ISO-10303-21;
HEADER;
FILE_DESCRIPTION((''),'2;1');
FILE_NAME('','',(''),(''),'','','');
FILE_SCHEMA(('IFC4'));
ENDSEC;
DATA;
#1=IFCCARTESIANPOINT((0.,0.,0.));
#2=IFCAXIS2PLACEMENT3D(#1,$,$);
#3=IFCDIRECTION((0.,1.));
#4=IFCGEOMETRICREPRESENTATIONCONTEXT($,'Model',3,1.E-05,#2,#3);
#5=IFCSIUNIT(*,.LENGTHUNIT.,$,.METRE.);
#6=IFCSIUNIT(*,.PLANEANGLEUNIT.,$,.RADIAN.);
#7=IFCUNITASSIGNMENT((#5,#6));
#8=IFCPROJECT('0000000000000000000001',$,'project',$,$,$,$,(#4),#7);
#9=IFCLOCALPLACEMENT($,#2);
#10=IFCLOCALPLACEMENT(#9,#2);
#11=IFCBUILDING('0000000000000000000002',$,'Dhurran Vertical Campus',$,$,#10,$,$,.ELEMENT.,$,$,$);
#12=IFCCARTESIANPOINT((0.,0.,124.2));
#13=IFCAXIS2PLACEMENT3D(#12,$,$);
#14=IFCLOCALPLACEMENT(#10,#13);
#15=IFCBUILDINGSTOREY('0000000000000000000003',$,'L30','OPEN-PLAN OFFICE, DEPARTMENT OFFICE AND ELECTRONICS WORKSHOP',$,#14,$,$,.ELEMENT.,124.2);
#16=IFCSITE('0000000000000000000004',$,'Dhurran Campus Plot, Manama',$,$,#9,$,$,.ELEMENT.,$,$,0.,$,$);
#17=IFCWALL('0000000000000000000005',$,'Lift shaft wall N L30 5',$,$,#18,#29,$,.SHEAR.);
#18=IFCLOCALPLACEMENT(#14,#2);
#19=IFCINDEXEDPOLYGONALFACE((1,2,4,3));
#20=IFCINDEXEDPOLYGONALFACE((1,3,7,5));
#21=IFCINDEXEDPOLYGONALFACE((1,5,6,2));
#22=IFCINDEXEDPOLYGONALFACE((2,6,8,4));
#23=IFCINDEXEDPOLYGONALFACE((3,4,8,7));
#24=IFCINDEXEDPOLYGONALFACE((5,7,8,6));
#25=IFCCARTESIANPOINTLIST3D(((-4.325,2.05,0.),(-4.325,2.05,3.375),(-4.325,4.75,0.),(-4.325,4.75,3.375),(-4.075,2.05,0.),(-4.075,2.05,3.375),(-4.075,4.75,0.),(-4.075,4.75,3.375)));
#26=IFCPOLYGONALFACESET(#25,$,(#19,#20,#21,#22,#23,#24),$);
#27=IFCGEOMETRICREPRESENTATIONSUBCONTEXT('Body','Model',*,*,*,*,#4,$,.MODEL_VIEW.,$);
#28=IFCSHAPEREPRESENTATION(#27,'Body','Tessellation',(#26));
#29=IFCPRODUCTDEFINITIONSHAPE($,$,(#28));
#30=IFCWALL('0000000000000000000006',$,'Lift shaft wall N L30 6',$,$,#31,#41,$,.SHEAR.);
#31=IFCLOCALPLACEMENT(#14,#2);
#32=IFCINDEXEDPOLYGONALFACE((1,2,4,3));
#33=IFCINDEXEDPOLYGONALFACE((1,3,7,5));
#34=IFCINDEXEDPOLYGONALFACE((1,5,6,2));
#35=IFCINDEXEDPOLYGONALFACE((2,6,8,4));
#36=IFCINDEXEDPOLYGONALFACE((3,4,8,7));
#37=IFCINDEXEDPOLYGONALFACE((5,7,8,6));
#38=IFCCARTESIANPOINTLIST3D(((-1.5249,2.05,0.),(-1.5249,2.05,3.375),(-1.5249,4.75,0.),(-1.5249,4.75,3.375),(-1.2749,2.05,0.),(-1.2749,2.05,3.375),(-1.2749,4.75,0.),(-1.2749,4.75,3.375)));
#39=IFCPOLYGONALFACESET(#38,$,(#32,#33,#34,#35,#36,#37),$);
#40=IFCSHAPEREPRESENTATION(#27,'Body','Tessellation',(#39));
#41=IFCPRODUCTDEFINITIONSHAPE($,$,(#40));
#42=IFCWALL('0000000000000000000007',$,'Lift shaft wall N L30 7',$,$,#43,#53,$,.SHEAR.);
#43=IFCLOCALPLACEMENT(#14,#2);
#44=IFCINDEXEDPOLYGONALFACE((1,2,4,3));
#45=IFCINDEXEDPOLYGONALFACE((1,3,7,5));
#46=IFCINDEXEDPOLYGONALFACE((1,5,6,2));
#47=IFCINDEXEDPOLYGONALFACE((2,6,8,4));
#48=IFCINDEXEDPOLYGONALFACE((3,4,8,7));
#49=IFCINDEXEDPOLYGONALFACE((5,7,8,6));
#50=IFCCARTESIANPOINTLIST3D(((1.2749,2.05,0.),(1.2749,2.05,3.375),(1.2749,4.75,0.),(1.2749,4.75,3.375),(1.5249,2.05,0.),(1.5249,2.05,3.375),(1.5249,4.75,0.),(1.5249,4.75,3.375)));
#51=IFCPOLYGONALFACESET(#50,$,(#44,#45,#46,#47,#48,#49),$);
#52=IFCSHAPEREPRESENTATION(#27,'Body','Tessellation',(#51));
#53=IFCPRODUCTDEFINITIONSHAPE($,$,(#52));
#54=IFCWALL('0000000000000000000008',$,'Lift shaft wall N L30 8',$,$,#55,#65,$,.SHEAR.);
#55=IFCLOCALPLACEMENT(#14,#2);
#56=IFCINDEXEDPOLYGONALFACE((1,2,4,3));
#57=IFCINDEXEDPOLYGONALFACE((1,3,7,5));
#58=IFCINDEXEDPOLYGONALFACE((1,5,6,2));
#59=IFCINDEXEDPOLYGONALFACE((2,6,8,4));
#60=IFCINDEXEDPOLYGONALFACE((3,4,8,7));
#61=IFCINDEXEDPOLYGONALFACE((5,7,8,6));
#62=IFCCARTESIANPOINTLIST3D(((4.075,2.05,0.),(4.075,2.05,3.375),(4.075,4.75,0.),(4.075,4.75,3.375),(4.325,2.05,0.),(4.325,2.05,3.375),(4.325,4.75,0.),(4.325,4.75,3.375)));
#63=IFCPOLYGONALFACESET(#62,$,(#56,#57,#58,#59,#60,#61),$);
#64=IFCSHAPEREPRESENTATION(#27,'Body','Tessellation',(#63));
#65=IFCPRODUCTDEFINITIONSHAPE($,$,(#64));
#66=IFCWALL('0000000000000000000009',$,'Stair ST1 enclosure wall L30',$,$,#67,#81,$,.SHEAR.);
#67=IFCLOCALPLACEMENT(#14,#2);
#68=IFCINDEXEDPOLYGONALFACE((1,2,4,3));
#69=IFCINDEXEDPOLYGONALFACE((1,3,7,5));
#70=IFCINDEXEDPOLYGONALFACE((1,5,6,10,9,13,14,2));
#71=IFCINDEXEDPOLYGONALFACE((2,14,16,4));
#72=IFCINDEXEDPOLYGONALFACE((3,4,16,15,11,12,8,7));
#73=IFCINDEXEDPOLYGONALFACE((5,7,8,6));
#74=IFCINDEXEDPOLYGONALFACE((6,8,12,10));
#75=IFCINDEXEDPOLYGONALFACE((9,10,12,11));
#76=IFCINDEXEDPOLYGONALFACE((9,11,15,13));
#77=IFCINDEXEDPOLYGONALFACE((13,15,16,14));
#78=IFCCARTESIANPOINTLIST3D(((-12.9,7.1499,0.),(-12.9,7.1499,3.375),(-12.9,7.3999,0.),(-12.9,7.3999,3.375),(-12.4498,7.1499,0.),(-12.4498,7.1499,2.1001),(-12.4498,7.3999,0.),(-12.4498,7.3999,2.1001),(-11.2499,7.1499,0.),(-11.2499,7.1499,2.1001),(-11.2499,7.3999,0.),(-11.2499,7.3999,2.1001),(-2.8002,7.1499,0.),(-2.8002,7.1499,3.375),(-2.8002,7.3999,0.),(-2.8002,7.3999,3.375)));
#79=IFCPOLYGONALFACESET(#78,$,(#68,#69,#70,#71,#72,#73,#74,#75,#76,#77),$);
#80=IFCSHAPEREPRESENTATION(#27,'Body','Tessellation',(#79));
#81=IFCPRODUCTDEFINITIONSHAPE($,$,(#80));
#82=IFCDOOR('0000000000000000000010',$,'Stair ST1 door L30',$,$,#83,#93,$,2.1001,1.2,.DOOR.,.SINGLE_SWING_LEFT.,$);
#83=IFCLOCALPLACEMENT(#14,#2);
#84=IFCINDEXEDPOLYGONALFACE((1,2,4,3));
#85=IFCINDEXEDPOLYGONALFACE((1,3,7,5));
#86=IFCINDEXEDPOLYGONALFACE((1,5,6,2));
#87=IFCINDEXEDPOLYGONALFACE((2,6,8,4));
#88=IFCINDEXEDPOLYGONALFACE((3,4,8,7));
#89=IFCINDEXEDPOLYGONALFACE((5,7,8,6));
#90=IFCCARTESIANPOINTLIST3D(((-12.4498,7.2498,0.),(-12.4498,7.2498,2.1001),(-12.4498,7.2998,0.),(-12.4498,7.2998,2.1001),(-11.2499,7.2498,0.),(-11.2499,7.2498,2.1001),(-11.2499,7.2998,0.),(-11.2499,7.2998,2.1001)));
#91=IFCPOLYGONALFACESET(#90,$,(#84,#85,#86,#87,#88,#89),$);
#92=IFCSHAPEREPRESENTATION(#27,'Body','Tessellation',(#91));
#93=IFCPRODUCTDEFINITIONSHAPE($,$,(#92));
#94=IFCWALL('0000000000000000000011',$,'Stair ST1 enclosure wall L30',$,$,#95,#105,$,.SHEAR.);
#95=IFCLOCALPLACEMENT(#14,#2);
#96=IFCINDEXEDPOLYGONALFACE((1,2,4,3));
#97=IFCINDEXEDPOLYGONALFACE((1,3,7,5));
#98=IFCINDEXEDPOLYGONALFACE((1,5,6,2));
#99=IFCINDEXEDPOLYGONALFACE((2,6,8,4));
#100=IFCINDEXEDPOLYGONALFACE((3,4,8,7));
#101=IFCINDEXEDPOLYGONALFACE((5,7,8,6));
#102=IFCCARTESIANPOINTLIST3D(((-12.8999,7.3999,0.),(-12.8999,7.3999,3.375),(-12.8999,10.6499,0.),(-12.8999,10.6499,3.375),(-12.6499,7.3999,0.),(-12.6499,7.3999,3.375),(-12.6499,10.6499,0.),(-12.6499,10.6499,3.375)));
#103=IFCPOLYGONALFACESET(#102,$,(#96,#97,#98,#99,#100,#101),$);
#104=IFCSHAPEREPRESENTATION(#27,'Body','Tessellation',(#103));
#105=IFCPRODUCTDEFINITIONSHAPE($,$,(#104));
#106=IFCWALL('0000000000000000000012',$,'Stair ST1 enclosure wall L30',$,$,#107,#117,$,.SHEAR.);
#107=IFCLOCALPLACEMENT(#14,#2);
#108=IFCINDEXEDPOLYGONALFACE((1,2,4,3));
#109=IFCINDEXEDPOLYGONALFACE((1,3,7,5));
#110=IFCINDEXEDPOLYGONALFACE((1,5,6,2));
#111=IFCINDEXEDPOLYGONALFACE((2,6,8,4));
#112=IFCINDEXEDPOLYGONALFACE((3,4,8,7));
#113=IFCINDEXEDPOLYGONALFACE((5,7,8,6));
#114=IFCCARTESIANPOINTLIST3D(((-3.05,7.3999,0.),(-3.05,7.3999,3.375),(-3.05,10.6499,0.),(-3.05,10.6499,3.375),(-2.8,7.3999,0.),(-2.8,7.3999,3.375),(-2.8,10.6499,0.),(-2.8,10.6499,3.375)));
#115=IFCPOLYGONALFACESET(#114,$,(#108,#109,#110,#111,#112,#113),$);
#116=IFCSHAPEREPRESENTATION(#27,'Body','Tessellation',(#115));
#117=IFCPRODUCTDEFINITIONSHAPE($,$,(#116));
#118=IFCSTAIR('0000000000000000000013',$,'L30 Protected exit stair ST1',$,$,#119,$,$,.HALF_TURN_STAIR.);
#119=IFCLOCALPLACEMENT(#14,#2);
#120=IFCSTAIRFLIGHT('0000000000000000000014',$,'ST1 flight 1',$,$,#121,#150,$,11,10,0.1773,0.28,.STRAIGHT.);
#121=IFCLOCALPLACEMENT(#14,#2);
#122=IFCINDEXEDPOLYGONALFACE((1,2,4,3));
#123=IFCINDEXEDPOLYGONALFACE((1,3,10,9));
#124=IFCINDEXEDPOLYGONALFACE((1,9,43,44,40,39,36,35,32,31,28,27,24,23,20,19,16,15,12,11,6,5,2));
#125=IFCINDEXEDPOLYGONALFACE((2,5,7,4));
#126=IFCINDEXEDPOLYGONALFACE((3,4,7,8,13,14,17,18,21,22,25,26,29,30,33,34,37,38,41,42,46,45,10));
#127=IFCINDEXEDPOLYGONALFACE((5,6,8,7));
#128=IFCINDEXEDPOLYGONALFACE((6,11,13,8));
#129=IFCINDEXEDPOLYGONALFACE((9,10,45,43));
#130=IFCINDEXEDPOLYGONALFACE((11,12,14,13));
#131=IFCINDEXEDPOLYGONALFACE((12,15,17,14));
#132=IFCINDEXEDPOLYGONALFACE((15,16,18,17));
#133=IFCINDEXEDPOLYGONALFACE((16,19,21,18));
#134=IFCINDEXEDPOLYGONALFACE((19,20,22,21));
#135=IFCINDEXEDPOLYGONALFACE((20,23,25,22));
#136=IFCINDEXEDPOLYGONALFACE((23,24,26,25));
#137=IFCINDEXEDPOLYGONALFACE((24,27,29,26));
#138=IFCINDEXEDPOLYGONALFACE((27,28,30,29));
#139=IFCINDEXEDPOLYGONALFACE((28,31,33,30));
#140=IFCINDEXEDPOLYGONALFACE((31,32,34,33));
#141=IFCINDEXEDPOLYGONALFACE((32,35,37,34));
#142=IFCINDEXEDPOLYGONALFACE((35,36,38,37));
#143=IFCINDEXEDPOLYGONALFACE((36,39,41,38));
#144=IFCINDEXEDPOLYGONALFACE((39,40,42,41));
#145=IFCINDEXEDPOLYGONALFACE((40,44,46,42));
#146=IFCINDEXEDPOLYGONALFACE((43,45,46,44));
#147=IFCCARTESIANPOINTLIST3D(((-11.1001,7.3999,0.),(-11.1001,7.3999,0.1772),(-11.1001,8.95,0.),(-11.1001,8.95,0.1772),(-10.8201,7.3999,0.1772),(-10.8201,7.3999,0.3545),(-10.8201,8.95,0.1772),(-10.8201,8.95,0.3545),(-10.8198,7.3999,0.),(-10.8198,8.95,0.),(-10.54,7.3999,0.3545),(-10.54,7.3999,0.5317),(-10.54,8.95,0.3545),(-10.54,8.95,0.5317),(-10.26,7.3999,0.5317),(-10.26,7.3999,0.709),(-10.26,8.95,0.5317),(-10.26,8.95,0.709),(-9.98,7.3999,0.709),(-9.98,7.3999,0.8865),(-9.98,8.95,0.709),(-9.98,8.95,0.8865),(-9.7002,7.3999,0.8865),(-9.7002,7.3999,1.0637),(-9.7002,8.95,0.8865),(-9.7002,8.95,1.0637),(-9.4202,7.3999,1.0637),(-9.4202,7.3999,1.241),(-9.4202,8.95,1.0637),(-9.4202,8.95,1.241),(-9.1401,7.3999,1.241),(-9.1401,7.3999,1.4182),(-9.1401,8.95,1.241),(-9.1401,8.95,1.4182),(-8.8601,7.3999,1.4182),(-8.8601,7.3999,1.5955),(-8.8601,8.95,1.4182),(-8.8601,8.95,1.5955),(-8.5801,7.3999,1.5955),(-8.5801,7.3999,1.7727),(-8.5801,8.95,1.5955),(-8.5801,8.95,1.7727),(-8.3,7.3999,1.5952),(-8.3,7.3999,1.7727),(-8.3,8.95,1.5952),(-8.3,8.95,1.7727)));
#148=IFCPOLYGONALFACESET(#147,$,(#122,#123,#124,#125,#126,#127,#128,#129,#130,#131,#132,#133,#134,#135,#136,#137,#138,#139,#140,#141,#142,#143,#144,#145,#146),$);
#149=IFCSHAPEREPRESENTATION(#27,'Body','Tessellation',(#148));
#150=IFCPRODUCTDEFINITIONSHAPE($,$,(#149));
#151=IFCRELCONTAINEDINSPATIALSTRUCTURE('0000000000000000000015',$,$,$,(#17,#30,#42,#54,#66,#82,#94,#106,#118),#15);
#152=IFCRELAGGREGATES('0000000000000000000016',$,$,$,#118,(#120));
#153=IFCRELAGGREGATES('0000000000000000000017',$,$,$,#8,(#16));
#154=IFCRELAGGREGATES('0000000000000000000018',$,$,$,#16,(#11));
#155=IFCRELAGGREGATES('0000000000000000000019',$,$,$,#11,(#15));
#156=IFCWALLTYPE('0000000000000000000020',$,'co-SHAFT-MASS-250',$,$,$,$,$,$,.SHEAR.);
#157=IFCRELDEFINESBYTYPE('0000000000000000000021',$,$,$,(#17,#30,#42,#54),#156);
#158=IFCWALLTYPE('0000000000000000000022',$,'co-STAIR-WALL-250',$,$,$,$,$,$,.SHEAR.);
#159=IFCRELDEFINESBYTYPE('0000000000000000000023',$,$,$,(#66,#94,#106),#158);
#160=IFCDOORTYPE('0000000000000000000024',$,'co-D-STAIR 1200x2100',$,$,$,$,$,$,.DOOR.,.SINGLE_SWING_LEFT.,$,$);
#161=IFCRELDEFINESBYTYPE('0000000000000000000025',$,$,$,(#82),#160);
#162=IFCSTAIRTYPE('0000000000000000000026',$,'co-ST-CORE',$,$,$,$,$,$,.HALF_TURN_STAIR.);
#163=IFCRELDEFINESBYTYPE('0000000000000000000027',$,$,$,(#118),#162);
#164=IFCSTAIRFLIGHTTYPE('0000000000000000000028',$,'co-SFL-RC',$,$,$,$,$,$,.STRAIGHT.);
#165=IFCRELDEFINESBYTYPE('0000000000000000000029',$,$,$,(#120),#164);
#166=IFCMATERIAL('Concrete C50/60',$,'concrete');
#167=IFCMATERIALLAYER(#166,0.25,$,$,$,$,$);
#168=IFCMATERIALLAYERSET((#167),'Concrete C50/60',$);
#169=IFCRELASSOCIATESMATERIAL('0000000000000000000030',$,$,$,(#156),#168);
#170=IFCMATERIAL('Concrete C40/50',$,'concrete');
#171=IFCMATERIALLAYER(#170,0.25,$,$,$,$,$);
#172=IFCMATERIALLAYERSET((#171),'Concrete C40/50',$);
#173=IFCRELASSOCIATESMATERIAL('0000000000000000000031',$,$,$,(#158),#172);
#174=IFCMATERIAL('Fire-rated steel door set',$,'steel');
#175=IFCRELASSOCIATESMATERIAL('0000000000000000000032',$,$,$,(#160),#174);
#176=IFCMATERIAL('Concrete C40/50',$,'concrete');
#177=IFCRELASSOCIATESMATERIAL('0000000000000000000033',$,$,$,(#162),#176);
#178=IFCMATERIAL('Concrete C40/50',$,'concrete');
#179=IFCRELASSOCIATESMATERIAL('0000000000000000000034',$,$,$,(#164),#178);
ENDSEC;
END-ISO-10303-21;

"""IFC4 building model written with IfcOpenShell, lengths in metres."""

from ifc_helpers import new_model, si_unit, direction, frame, frame_2d, origin, place, context, subcontext, project, spatial, polyline, rectangle, outline, extrude, material, layer, layer_set, type_object, element, fill, aggregate, save


model = new_model("IFC4")

# Units and contexts
model_context = context("Model", 3, precision=1e-05, world=origin(), true_north=direction((0.0, 1.0)))
body_context = subcontext(model_context, "Body", "Model", "MODEL_VIEW")
ifc_project = project(units=[si_unit("LENGTHUNIT", "METRE"), si_unit("PLANEANGLEUNIT", "RADIAN")], contexts=[model_context])

# Site, building, storey
site_placement = place(None, origin())
site = spatial("IfcSite", under=ifc_project, at=site_placement, Name="Dhurran Campus Plot, Manama", CompositionType="ELEMENT", RefElevation=0.0)
building_placement = place(site_placement, origin())
building = spatial("IfcBuilding", under=site, at=building_placement, Name="Dhurran Vertical Campus", CompositionType="ELEMENT")
storey_placement = place(building_placement, frame((0.0, 0.0, 124.2)))
storey = spatial("IfcBuildingStorey", under=building, at=storey_placement, Name="L30", Description="OPEN-PLAN OFFICE, DEPARTMENT OFFICE AND ELECTRONICS WORKSHOP", CompositionType="ELEMENT", Elevation=124.2)

# Walls
ifc_material_1 = material(Name="Concrete C50/60", Category="concrete")
ifc_layer_1 = layer(ifc_material_1, 0.25)
ifc_layer_set_1 = layer_set([ifc_layer_1], Name="Concrete C50/60")
wall_type_1 = type_object("IfcWallType", Name="co-SHAFT-MASS-250", PredefinedType="SHEAR", material=ifc_layer_set_1)
wall_1_placement = place(storey_placement, origin())
element("IfcWall", 1, at=wall_1_placement, inside=storey, type_object=wall_type_1, Name="Lift shaft wall N L30 5", PredefinedType="SHEAR", context=body_context, shape_type="SweptSolid", body=[
    extrude(outline(polyline([(-4.325, 2.05), (-4.075, 2.05), (-4.075, 4.75), (-4.325, 4.75), (-4.325, 2.05)])), origin(), (0.0, 0.0, 1.0), 3.375),
])
wall_2_placement = place(storey_placement, origin())
element("IfcWall", 2, at=wall_2_placement, inside=storey, type_object=wall_type_1, Name="Lift shaft wall N L30 6", PredefinedType="SHEAR", context=body_context, shape_type="SweptSolid", body=[
    extrude(outline(polyline([(-1.5249, 2.05), (-1.2749, 2.05), (-1.2749, 4.75), (-1.5249, 4.75), (-1.5249, 2.05)])), origin(), (0.0, 0.0, 1.0), 3.375),
])
wall_3_placement = place(storey_placement, origin())
element("IfcWall", 3, at=wall_3_placement, inside=storey, type_object=wall_type_1, Name="Lift shaft wall N L30 7", PredefinedType="SHEAR", context=body_context, shape_type="SweptSolid", body=[
    extrude(outline(polyline([(1.2749, 2.05), (1.5249, 2.05), (1.5249, 4.75), (1.2749, 4.75), (1.2749, 2.05)])), origin(), (0.0, 0.0, 1.0), 3.375),
])
wall_4_placement = place(storey_placement, origin())
element("IfcWall", 4, at=wall_4_placement, inside=storey, type_object=wall_type_1, Name="Lift shaft wall N L30 8", PredefinedType="SHEAR", context=body_context, shape_type="SweptSolid", body=[
    extrude(outline(polyline([(4.075, 2.05), (4.325, 2.05), (4.325, 4.75), (4.075, 4.75), (4.075, 2.05)])), origin(), (0.0, 0.0, 1.0), 3.375),
])

# Wall, opening, door
ifc_material_2 = material(Name="Concrete C40/50", Category="concrete")
ifc_layer_2 = layer(ifc_material_2, 0.25)
ifc_layer_set_2 = layer_set([ifc_layer_2], Name="Concrete C40/50")
wall_type_2 = type_object("IfcWallType", Name="co-STAIR-WALL-250", PredefinedType="SHEAR", material=ifc_layer_set_2)
wall_5_placement = place(storey_placement, frame((-12.8999, 7.2749, 0.0), z_axis=(0.0, 0.0, 1.0), x_axis=(1.0, 0.0, 0.0)))
wall_5 = element("IfcWall", 5, at=wall_5_placement, inside=storey, type_object=wall_type_2, Name="Stair ST1 enclosure wall L30", PredefinedType="SHEAR", context=body_context, shape_type="SweptSolid", body=[
    extrude(rectangle(XDim=10.0999, YDim=0.25, at=frame_2d((5.0498, 0.0))), origin(), (0.0, 0.0, 1.0), 3.375),
])
opening_1_placement = place(wall_5_placement, frame((0.45, 0.0, 0.0)))
opening_1 = element("IfcOpeningElement", 6, at=opening_1_placement, cuts=wall_5, PredefinedType="OPENING", context=body_context, shape_type="SweptSolid", body=[
    extrude(rectangle(XDim=1.2, YDim=2.1001, at=frame_2d((0.6001, 1.05))), frame((0.0, 0.135, 0.0), z_axis=(0.0, -1.0, 0.0), x_axis=(1.0, 0.0, 0.0)), (0.0, 0.0, 1.0), 0.27),
])
ifc_material_3 = material(Name="Fire-rated steel door set", Category="steel")
door_type_1 = type_object("IfcDoorType", Name="co-D-STAIR 1200x2100", OperationType="SINGLE_SWING_LEFT", PredefinedType="DOOR", material=ifc_material_3)
door_1_placement = place(opening_1_placement, origin())
door_1 = element("IfcDoor", 7, at=door_1_placement, inside=storey, type_object=door_type_1, Name="Stair ST1 door L30", OperationType="SINGLE_SWING_LEFT", OverallHeight=2.1001, OverallWidth=1.2, PredefinedType="DOOR", context=body_context, shape_type="SweptSolid", body=[
    extrude(rectangle(XDim=1.2, YDim=2.1001, at=frame_2d((0.6001, 1.05))), frame((0.0, 0.0249, 0.0), z_axis=(0.0, -1.0, 0.0), x_axis=(1.0, 0.0, 0.0)), (0.0, 0.0, 1.0), 0.05),
])
fill(opening_1, door_1)

# Walls
for number, where, z_axis, x_axis, name in (
    (8, (-12.7749, 7.3999, 0.0), (0.0, 0.0, 1.0), (0.0, 1.0, 0.0), "Stair ST1 enclosure wall L30"),
    (9, (-2.925, 7.3999, 0.0), (0.0, 0.0, 1.0), (0.0, 1.0, 0.0), "Stair ST1 enclosure wall L30"),
):
    element("IfcWall", number, at=place(storey_placement, frame(where, z_axis=z_axis, x_axis=x_axis)), inside=storey, type_object=wall_type_2, Name=name, PredefinedType="SHEAR", context=body_context, shape_type="SweptSolid", body=[
        extrude(rectangle(XDim=3.25, YDim=0.25, at=frame_2d((1.625, 0.0))), origin(), (0.0, 0.0, 1.0), 3.375),
    ])

# Stair, stair flight
ifc_material_4 = material(Name="Concrete C40/50", Category="concrete")
stair_type = type_object("IfcStairType", Name="co-ST-CORE", PredefinedType="HALF_TURN_STAIR", material=ifc_material_4)
stair_placement = place(storey_placement, origin())
stair = element("IfcStair", 10, at=stair_placement, inside=storey, type_object=stair_type, Name="L30 Protected exit stair ST1", PredefinedType="HALF_TURN_STAIR")
ifc_material_5 = material(Name="Concrete C40/50", Category="concrete")
stair_flight_type = type_object("IfcStairFlightType", Name="co-SFL-RC", PredefinedType="STRAIGHT", material=ifc_material_5)
stair_flight_placement = place(storey_placement, frame((-11.1001, 8.175, 0.0), z_axis=(0.0, 0.0, 1.0), x_axis=(1.0, 0.0, 0.0)))
stair_flight = element("IfcStairFlight", 11, at=stair_flight_placement, type_object=stair_flight_type, Name="ST1 flight 1", NumberOfRisers=11, NumberOfTreads=10, PredefinedType="STRAIGHT", RiserHeight=0.1773, TreadLength=0.28, context=body_context, shape_type="SweptSolid", body=[
    extrude(outline(polyline([(0.0, 0.0), (0.0, 0.1772), (0.28, 0.1772), (0.28, 0.3545), (0.5601, 0.3545), (0.5601, 0.5317), (0.8401, 0.5317), (0.8401, 0.709), (1.1201, 0.709), (1.1201, 0.8865), (1.3999, 0.8865), (1.3999, 1.0637), (1.6799, 1.0637), (1.6799, 1.241), (1.96, 1.241), (1.96, 1.4182), (2.24, 1.4182), (2.24, 1.5955), (2.52, 1.5955), (2.52, 1.7727), (2.8, 1.7727), (2.8, 1.95), (2.8, 1.5952), (0.2803, 0.0), (0.0, 0.0)])), frame((0.0, 0.7749, 0.0), z_axis=(0.0, -1.0, 0.0), x_axis=(1.0, 0.0, 0.0)), (0.0, 0.0, 1.0), 1.55),
])
aggregate(stair, [stair_flight])

save(model, "model.ifc")
